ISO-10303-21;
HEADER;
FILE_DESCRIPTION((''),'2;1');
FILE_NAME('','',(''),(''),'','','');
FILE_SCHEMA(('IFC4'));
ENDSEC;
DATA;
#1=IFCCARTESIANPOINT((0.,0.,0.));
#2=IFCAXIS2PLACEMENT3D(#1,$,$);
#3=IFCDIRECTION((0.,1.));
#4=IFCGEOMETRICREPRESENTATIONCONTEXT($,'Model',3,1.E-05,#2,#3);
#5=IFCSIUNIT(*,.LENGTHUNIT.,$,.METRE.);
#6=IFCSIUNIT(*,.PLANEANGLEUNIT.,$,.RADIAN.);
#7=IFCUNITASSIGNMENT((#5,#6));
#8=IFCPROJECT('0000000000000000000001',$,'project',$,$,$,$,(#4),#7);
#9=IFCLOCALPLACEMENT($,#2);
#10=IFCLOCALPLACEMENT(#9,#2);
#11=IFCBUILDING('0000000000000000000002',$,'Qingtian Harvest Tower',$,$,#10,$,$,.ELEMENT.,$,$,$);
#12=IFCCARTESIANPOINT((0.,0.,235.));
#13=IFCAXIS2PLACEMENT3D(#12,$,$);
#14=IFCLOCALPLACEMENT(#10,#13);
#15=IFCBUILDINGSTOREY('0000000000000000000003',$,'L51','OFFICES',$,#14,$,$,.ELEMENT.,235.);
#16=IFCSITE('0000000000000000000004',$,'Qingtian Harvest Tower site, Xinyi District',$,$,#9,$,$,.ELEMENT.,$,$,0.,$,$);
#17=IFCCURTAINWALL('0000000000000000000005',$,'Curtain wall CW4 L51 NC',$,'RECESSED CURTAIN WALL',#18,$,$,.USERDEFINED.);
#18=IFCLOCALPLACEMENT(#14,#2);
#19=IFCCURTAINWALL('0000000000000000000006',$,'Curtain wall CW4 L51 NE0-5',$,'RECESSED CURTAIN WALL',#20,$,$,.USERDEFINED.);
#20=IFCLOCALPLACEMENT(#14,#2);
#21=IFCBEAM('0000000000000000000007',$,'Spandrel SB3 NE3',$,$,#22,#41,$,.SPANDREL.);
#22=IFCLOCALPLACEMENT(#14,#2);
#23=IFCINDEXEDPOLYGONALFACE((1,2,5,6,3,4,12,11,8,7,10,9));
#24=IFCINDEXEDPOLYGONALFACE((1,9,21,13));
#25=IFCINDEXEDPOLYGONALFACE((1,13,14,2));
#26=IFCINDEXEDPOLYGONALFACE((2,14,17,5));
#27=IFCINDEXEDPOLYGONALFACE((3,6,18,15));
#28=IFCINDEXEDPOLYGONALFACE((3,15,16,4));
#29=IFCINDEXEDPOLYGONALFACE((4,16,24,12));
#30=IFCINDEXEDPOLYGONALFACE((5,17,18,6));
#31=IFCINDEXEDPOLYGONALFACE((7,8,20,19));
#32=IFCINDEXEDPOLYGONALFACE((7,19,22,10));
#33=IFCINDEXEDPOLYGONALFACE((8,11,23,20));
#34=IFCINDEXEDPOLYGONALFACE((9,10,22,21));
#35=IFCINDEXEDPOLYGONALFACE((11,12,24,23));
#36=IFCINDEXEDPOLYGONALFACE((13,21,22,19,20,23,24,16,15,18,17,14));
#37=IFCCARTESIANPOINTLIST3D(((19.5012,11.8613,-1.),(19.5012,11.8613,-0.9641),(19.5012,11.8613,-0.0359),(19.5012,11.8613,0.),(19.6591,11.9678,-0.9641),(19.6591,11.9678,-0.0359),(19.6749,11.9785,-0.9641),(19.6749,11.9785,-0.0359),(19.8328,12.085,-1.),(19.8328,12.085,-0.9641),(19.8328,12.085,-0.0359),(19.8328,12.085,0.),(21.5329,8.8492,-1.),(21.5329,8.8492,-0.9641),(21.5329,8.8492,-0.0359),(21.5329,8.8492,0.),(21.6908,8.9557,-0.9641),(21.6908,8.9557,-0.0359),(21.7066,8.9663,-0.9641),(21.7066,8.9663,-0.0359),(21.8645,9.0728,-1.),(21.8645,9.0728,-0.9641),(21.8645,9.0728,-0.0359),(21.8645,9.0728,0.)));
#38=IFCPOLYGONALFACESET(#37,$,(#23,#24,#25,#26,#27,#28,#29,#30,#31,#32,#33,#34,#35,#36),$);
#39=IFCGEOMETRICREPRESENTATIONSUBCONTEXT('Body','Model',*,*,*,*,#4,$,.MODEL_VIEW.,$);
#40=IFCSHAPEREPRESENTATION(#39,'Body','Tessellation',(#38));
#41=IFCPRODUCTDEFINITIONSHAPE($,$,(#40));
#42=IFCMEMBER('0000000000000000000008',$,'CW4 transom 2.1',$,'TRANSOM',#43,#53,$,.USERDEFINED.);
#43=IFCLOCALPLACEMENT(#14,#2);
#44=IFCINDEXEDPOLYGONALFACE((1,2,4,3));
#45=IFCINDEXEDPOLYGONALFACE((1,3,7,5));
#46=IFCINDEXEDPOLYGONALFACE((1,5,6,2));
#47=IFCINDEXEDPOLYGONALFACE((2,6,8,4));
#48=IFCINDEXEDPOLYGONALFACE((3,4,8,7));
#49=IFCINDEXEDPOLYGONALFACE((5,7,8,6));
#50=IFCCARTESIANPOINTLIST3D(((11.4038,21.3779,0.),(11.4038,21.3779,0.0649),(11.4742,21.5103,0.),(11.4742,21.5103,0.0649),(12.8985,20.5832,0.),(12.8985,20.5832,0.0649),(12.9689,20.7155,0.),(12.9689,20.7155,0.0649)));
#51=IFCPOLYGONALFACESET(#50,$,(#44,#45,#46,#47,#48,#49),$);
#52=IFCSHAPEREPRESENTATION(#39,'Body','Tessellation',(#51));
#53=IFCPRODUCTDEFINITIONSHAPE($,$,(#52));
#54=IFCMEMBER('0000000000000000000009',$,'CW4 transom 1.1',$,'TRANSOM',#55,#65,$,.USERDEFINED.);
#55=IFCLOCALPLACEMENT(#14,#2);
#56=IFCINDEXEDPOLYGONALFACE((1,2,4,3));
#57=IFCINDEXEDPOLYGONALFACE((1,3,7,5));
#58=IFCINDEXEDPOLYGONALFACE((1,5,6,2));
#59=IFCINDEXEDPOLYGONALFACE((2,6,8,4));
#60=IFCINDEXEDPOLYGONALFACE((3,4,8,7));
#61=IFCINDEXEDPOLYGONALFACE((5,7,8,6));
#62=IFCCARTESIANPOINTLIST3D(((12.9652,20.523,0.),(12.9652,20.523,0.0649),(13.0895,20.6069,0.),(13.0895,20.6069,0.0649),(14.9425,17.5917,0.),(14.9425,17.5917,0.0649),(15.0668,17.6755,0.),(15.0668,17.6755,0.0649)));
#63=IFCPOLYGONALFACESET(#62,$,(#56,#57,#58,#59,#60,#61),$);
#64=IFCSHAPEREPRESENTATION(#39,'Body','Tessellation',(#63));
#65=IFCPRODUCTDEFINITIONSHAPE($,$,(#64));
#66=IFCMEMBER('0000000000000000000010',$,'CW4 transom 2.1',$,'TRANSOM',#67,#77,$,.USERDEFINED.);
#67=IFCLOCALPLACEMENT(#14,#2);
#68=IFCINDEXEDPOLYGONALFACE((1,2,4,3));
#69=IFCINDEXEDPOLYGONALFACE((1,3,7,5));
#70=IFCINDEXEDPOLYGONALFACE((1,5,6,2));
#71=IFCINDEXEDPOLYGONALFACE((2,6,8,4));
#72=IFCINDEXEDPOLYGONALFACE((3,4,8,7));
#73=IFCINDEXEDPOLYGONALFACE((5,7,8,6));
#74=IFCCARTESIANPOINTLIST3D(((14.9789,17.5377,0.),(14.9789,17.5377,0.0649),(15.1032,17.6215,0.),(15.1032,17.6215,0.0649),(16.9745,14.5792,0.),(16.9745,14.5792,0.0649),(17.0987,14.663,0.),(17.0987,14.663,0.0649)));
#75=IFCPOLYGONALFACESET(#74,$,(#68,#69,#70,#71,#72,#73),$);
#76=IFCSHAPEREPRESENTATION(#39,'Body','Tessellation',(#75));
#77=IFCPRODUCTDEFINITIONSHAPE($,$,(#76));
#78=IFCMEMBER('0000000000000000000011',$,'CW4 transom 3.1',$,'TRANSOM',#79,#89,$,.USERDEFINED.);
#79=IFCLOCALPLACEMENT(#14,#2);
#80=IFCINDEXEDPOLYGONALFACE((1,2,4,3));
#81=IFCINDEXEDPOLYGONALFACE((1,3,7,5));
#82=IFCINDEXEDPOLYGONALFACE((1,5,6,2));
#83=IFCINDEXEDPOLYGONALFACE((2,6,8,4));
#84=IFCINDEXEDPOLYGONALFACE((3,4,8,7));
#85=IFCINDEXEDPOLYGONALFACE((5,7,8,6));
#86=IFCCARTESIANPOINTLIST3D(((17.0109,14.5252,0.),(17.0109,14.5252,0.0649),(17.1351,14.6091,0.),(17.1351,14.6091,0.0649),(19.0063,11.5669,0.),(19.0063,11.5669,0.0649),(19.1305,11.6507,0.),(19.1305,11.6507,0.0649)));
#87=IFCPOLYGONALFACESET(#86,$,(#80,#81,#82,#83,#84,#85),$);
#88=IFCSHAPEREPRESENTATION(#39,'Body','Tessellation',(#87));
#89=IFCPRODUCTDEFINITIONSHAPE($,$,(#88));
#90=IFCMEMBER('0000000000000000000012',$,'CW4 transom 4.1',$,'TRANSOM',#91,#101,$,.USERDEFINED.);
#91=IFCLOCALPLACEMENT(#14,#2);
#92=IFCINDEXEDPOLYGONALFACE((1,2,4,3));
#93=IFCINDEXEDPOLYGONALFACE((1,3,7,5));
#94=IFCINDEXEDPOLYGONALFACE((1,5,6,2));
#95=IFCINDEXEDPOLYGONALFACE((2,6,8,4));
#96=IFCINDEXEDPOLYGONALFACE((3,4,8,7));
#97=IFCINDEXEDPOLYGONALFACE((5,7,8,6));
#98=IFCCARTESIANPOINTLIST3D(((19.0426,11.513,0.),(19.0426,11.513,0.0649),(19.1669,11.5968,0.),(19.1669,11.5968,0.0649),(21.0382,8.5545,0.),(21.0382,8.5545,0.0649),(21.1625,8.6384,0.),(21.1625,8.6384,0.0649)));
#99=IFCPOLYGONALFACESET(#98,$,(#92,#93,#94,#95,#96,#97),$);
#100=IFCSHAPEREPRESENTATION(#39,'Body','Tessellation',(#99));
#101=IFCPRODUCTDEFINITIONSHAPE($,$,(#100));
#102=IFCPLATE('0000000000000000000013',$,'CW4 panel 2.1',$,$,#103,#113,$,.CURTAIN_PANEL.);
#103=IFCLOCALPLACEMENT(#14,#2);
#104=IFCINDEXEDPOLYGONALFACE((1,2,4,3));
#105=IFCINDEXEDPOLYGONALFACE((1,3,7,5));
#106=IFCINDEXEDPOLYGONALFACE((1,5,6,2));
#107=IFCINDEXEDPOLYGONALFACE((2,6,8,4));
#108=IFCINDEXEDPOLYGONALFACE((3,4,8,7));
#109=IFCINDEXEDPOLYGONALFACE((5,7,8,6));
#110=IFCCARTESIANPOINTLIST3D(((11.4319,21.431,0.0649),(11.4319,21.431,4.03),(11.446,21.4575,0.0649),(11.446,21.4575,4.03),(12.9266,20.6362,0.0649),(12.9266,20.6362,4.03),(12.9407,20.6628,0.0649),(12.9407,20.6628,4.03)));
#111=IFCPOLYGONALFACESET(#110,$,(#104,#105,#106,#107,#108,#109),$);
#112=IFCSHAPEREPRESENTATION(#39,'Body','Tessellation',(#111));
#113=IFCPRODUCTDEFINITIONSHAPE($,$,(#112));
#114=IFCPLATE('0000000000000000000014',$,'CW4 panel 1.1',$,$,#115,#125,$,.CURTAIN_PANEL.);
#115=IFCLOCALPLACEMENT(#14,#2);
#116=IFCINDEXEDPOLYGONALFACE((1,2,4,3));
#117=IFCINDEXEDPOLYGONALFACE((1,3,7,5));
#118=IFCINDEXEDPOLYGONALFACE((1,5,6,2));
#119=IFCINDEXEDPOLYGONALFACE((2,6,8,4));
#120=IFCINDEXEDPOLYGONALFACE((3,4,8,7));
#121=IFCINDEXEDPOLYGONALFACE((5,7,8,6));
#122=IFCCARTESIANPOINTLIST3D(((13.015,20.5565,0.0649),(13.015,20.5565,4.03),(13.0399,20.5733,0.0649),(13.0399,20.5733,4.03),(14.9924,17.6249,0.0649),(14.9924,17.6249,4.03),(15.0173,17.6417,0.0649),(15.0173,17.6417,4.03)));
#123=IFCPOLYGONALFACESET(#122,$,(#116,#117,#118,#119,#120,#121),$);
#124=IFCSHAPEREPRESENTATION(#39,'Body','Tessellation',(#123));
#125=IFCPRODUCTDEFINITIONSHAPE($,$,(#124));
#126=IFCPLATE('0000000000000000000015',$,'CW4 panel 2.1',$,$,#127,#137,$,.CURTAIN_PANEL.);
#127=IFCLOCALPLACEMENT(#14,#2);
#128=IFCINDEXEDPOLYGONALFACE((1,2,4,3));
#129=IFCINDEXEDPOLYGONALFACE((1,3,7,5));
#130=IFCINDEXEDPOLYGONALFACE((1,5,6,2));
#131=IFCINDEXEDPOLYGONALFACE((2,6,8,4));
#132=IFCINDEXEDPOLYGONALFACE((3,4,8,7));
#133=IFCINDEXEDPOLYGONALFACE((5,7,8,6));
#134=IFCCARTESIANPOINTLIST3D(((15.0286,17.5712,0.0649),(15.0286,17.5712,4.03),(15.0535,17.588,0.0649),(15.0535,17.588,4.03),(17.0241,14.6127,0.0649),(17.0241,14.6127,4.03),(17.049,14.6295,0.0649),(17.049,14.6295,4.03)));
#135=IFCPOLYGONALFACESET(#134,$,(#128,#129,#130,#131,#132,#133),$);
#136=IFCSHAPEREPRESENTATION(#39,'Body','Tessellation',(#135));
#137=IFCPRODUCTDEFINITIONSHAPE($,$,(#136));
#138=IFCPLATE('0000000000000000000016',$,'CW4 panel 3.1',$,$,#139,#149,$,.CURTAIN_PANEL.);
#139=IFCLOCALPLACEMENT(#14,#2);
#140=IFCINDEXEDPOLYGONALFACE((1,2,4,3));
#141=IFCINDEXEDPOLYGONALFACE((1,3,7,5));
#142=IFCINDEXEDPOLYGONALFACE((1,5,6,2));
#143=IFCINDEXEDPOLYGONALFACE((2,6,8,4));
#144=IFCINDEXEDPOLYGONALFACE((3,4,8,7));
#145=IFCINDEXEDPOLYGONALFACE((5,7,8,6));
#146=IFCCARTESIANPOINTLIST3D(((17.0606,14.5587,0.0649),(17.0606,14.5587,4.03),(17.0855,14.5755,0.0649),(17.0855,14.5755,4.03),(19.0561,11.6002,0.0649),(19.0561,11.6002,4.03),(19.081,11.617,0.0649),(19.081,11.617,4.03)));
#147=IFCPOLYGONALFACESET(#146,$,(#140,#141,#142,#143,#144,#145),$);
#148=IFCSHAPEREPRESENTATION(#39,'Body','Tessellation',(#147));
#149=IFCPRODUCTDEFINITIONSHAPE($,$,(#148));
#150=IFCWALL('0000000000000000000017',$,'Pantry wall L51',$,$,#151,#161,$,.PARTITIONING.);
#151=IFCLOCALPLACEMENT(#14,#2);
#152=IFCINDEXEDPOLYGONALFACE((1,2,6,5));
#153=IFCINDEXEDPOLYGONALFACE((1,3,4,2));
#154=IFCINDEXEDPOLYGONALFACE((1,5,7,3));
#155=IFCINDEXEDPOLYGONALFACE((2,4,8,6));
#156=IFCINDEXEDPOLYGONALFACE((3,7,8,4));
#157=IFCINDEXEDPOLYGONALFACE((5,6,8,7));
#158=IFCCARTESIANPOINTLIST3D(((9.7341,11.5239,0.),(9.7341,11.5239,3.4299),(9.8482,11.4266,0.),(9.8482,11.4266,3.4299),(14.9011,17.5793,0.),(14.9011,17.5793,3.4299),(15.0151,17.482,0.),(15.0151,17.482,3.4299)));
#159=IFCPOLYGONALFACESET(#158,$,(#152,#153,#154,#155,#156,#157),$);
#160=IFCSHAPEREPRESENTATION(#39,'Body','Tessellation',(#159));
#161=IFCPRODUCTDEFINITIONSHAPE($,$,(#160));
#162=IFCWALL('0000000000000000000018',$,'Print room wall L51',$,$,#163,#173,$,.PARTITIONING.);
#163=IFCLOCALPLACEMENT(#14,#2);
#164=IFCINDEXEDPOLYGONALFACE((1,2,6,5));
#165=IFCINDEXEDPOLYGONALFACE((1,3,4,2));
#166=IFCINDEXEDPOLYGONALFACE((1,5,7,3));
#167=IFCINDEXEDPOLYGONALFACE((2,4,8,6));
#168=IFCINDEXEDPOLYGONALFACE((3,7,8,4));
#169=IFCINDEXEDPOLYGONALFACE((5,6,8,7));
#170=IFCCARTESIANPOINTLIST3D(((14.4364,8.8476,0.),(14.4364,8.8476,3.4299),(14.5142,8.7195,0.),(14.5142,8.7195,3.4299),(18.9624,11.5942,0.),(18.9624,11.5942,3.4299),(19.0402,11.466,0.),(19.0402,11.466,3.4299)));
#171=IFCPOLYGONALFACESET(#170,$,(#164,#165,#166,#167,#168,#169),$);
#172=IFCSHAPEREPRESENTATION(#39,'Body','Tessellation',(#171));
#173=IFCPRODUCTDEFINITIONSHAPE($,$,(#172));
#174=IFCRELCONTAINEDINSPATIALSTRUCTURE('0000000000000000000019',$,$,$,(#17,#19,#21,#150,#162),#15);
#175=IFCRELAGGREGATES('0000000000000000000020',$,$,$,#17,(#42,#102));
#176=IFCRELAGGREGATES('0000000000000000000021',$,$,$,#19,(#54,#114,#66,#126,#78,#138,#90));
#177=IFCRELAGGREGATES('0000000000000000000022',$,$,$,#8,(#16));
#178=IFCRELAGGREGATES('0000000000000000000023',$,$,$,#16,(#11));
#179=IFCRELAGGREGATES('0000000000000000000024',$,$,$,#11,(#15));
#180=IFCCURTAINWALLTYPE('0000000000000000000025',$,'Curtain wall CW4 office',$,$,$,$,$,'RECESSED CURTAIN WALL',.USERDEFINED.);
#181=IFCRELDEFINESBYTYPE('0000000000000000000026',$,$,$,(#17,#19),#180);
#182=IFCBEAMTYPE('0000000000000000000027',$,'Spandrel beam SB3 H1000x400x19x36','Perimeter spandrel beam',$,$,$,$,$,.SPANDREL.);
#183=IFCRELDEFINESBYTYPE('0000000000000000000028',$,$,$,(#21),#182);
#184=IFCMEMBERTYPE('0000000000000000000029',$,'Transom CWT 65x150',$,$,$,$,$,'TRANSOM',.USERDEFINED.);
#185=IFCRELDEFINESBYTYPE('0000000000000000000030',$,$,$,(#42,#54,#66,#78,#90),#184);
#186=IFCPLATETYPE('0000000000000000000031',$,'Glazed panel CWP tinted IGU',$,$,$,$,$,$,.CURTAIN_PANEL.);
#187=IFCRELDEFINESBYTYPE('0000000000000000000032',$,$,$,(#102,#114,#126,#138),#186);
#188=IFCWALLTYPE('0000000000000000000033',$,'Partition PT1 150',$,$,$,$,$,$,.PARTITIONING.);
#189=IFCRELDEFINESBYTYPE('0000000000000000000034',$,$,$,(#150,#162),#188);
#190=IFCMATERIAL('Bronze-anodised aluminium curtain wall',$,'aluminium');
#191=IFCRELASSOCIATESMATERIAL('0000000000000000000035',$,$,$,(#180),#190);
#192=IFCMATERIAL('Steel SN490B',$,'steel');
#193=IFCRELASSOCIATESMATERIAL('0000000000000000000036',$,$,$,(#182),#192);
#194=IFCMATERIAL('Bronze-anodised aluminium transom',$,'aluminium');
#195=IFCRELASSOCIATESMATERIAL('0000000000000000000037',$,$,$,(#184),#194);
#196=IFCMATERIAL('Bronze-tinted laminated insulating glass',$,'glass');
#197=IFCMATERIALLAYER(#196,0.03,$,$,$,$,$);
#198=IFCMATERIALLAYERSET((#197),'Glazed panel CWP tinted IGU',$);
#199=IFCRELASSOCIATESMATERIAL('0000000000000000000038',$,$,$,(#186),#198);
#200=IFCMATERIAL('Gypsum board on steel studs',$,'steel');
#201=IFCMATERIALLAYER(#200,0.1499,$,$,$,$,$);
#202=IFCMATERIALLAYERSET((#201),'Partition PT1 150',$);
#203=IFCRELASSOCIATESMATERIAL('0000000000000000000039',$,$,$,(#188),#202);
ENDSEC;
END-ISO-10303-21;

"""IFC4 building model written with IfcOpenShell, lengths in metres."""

from ifc_helpers import new_model, si_unit, direction, frame, frame_2d, origin, origin_2d, place, context, subcontext, project, spatial, rectangle, i_section, extrude, material, layer, layer_set, material_profile, profile_set, type_object, element, aggregate, save


model = new_model("IFC4")

# Units and contexts
model_context = context("Model", 3, precision=1e-05, world=origin(), true_north=direction((0.0, 1.0)))
body_context = subcontext(model_context, "Body", "Model", "MODEL_VIEW")
ifc_project = project(units=[si_unit("LENGTHUNIT", "METRE"), si_unit("PLANEANGLEUNIT", "RADIAN")], contexts=[model_context])

# Site, building, storey
site_placement = place(None, origin())
site = spatial("IfcSite", under=ifc_project, at=site_placement, Name="Qingtian Harvest Tower site, Xinyi District", CompositionType="ELEMENT", RefElevation=0.0)
building_placement = place(site_placement, origin())
building = spatial("IfcBuilding", under=site, at=building_placement, Name="Qingtian Harvest Tower", CompositionType="ELEMENT")
storey_placement = place(building_placement, frame((0.0, 0.0, 235.0)))
storey = spatial("IfcBuildingStorey", under=building, at=storey_placement, Name="L51", Description="OFFICES", CompositionType="ELEMENT", Elevation=235.0)

# Curtain wall
ifc_material_1 = material(Name="Bronze-anodised aluminium curtain wall", Category="aluminium")
curtain_wall_type = type_object("IfcCurtainWallType", Name="Curtain wall CW4 office", ElementType="RECESSED CURTAIN WALL", PredefinedType="USERDEFINED", material=ifc_material_1)
curtain_wall_1_placement = place(storey_placement, origin())
curtain_wall_1 = element("IfcCurtainWall", 1, at=curtain_wall_1_placement, inside=storey, type_object=curtain_wall_type, Name="Curtain wall CW4 L51 NC", ObjectType="RECESSED CURTAIN WALL", PredefinedType="USERDEFINED")

# Curtain wall
curtain_wall_2_placement = place(storey_placement, origin())
curtain_wall_2 = element("IfcCurtainWall", 2, at=curtain_wall_2_placement, inside=storey, type_object=curtain_wall_type, Name="Curtain wall CW4 L51 NE0-5", ObjectType="RECESSED CURTAIN WALL", PredefinedType="USERDEFINED")

# Beam
ifc_material_2 = material(Name="Steel SN490B", Category="steel")
ifc_material_profile_1 = material_profile(ifc_material_2, i_section(OverallWidth=0.3999, OverallDepth=1.0, WebThickness=0.019, FlangeThickness=0.0359, at=origin_2d()), Name="H1000x400x19x36")
ifc_profile_set_1 = profile_set([ifc_material_profile_1], Name="Steel SN490B")
beam_type_1 = type_object("IfcBeamType", Name="Spandrel beam SB3 H1000x400x19x36", Description="Perimeter spandrel beam", PredefinedType="SPANDREL", material=ifc_profile_set_1)
beam_1_placement = place(storey_placement, frame((19.667, 11.9731, -0.5), z_axis=(0.559189, -0.82904, 0.0), x_axis=(0.82904, 0.559189, 0.0)))
element("IfcBeam", 3, at=beam_1_placement, inside=storey, type_object=beam_type_1, Name="Spandrel SB3 NE3", PredefinedType="SPANDREL", context=body_context, shape_type="SweptSolid", body=[
    extrude(i_section(OverallWidth=0.3999, OverallDepth=1.0, WebThickness=0.019, FlangeThickness=0.0359, at=origin_2d()), origin(), (0.0, 0.0, 1.0), 3.6333),
])

# Members
ifc_material_3 = material(Name="Bronze-anodised aluminium transom", Category="aluminium")
ifc_material_profile_2 = material_profile(ifc_material_3, rectangle(XDim=0.1499, YDim=0.0649, at=origin_2d()), Name="AL 65x150")
ifc_profile_set_2 = profile_set([ifc_material_profile_2], Name="Bronze-anodised aluminium transom")
member_type_1 = type_object("IfcMemberType", Name="Transom CWT 65x150", ElementType="TRANSOM", PredefinedType="USERDEFINED", material=ifc_profile_set_2)
member_1_placement = place(storey_placement, frame((11.439, 21.4441, 0.0325), z_axis=(0.882955, -0.469457, 0.0), x_axis=(0.469457, 0.882955, 0.0)))
member_1 = element("IfcMember", 4, at=member_1_placement, type_object=member_type_1, Name="CW4 transom 2.1", ObjectType="TRANSOM", PredefinedType="USERDEFINED", context=body_context, shape_type="SweptSolid", body=[
    extrude(rectangle(XDim=0.1499, YDim=0.0649, at=origin_2d()), origin(), (0.0, 0.0, 1.0), 1.6929),
])
member_2_placement = place(storey_placement, frame((13.0273, 20.5649, 0.0325), z_axis=(0.559201, -0.829032, 0.0), x_axis=(0.829032, 0.559201, 0.0)))
member_2 = element("IfcMember", 5, at=member_2_placement, type_object=member_type_1, Name="CW4 transom 1.1", ObjectType="TRANSOM", PredefinedType="USERDEFINED", context=body_context, shape_type="SweptSolid", body=[
    extrude(rectangle(XDim=0.1499, YDim=0.0649, at=origin_2d()), origin(), (0.0, 0.0, 1.0), 3.5359),
])
member_3_placement = place(storey_placement, frame((15.041, 17.5796, 0.0325), z_axis=(0.559207, -0.829028, 0.0), x_axis=(0.829028, 0.559207, 0.0)))
member_3 = element("IfcMember", 6, at=member_3_placement, type_object=member_type_1, Name="CW4 transom 2.1", ObjectType="TRANSOM", PredefinedType="USERDEFINED", context=body_context, shape_type="SweptSolid", body=[
    extrude(rectangle(XDim=0.1499, YDim=0.0649, at=origin_2d()), origin(), (0.0, 0.0, 1.0), 3.5686),
])
member_4_placement = place(storey_placement, frame((17.073, 14.5671, 0.0325), z_axis=(0.559192, -0.829038, 0.0), x_axis=(0.829038, 0.559192, 0.0)))
member_4 = element("IfcMember", 7, at=member_4_placement, type_object=member_type_1, Name="CW4 transom 3.1", ObjectType="TRANSOM", PredefinedType="USERDEFINED", context=body_context, shape_type="SweptSolid", body=[
    extrude(rectangle(XDim=0.1499, YDim=0.0649, at=origin_2d()), origin(), (0.0, 0.0, 1.0), 3.5684),
])
member_5_placement = place(storey_placement, frame((19.1047, 11.5549, 0.0325), z_axis=(0.559207, -0.829028, 0.0), x_axis=(0.829028, 0.559207, 0.0)))
member_5 = element("IfcMember", 8, at=member_5_placement, type_object=member_type_1, Name="CW4 transom 4.1", ObjectType="TRANSOM", PredefinedType="USERDEFINED", context=body_context, shape_type="SweptSolid", body=[
    extrude(rectangle(XDim=0.1499, YDim=0.0649, at=origin_2d()), origin(), (0.0, 0.0, 1.0), 3.5686),
])

# Plates
ifc_material_4 = material(Name="Bronze-tinted laminated insulating glass", Category="glass")
ifc_layer_1 = layer(ifc_material_4, 0.03)
ifc_layer_set_1 = layer_set([ifc_layer_1], Name="Glazed panel CWP tinted IGU")
plate_type = type_object("IfcPlateType", Name="Glazed panel CWP tinted IGU", PredefinedType="CURTAIN_PANEL", material=ifc_layer_set_1)
plate_1_placement = place(storey_placement, frame((12.1863, 21.0469, 0.0649), z_axis=(0.0, 0.0, 1.0), x_axis=(0.882948, -0.469472, 0.0)))
plate_1 = element("IfcPlate", 9, at=plate_1_placement, type_object=plate_type, Name="CW4 panel 2.1", PredefinedType="CURTAIN_PANEL", context=body_context, shape_type="SweptSolid", body=[
    extrude(rectangle(XDim=1.6929, YDim=0.03, at=origin_2d()), origin(), (0.0, 0.0, 1.0), 3.9651),
])
aggregate(curtain_wall_1, [member_1, plate_1])
plate_2_placement = place(storey_placement, frame((14.0161, 19.0991, 0.0649), z_axis=(0.0, 0.0, 1.0), x_axis=(0.559193, -0.829038, 0.0)))
plate_2 = element("IfcPlate", 10, at=plate_2_placement, type_object=plate_type, Name="CW4 panel 1.1", PredefinedType="CURTAIN_PANEL", context=body_context, shape_type="SweptSolid", body=[
    extrude(rectangle(XDim=3.5361, YDim=0.03, at=origin_2d()), origin(), (0.0, 0.0, 1.0), 3.9651),
])
plate_3_placement = place(storey_placement, frame((16.0388, 16.1003, 0.0649), z_axis=(0.0, 0.0, 1.0), x_axis=(0.559193, -0.829038, 0.0)))
plate_3 = element("IfcPlate", 11, at=plate_3_placement, type_object=plate_type, Name="CW4 panel 2.1", PredefinedType="CURTAIN_PANEL", context=body_context, shape_type="SweptSolid", body=[
    extrude(rectangle(XDim=3.5686, YDim=0.03, at=origin_2d()), origin(), (0.0, 0.0, 1.0), 3.9651),
])
plate_4_placement = place(storey_placement, frame((18.0708, 13.0879, 0.0649), z_axis=(0.0, 0.0, 1.0), x_axis=(0.559193, -0.829038, 0.0)))
plate_4 = element("IfcPlate", 12, at=plate_4_placement, type_object=plate_type, Name="CW4 panel 3.1", PredefinedType="CURTAIN_PANEL", context=body_context, shape_type="SweptSolid", body=[
    extrude(rectangle(XDim=3.5686, YDim=0.03, at=origin_2d()), origin(), (0.0, 0.0, 1.0), 3.9651),
])
aggregate(curtain_wall_2, [member_2, plate_2, member_3, plate_3, member_4, plate_4, member_5])

# Walls
ifc_material_5 = material(Name="Gypsum board on steel studs", Category="steel")
ifc_layer_2 = layer(ifc_material_5, 0.1499)
ifc_layer_set_2 = layer_set([ifc_layer_2], Name="Partition PT1 150")
wall_type = type_object("IfcWallType", Name="Partition PT1 150", PredefinedType="PARTITIONING", material=ifc_layer_set_2)
wall_1_placement = place(storey_placement, frame((14.958, 17.5305, 0.0), z_axis=(0.0, 0.0, 1.0), x_axis=(-0.649098, -0.760705, 0.0)))
element("IfcWall", 13, at=wall_1_placement, inside=storey, type_object=wall_type, Name="Pantry wall L51", PredefinedType="PARTITIONING", context=body_context, shape_type="SweptSolid", body=[
    extrude(rectangle(XDim=7.9602, YDim=0.1499, at=frame_2d((3.98, 0.0))), origin(), (0.0, 0.0, 1.0), 3.4299),
])
wall_2_placement = place(storey_placement, frame((19.0012, 11.53, 0.0), z_axis=(0.0, 0.0, 1.0), x_axis=(-0.854907, -0.518782, 0.0)))
element("IfcWall", 14, at=wall_2_placement, inside=storey, type_object=wall_type, Name="Print room wall L51", PredefinedType="PARTITIONING", context=body_context, shape_type="SweptSolid", body=[
    extrude(rectangle(XDim=5.2942, YDim=0.1499, at=frame_2d((2.647, 0.0))), origin(), (0.0, 0.0, 1.0), 3.4299),
])

save(model, "model.ifc")
